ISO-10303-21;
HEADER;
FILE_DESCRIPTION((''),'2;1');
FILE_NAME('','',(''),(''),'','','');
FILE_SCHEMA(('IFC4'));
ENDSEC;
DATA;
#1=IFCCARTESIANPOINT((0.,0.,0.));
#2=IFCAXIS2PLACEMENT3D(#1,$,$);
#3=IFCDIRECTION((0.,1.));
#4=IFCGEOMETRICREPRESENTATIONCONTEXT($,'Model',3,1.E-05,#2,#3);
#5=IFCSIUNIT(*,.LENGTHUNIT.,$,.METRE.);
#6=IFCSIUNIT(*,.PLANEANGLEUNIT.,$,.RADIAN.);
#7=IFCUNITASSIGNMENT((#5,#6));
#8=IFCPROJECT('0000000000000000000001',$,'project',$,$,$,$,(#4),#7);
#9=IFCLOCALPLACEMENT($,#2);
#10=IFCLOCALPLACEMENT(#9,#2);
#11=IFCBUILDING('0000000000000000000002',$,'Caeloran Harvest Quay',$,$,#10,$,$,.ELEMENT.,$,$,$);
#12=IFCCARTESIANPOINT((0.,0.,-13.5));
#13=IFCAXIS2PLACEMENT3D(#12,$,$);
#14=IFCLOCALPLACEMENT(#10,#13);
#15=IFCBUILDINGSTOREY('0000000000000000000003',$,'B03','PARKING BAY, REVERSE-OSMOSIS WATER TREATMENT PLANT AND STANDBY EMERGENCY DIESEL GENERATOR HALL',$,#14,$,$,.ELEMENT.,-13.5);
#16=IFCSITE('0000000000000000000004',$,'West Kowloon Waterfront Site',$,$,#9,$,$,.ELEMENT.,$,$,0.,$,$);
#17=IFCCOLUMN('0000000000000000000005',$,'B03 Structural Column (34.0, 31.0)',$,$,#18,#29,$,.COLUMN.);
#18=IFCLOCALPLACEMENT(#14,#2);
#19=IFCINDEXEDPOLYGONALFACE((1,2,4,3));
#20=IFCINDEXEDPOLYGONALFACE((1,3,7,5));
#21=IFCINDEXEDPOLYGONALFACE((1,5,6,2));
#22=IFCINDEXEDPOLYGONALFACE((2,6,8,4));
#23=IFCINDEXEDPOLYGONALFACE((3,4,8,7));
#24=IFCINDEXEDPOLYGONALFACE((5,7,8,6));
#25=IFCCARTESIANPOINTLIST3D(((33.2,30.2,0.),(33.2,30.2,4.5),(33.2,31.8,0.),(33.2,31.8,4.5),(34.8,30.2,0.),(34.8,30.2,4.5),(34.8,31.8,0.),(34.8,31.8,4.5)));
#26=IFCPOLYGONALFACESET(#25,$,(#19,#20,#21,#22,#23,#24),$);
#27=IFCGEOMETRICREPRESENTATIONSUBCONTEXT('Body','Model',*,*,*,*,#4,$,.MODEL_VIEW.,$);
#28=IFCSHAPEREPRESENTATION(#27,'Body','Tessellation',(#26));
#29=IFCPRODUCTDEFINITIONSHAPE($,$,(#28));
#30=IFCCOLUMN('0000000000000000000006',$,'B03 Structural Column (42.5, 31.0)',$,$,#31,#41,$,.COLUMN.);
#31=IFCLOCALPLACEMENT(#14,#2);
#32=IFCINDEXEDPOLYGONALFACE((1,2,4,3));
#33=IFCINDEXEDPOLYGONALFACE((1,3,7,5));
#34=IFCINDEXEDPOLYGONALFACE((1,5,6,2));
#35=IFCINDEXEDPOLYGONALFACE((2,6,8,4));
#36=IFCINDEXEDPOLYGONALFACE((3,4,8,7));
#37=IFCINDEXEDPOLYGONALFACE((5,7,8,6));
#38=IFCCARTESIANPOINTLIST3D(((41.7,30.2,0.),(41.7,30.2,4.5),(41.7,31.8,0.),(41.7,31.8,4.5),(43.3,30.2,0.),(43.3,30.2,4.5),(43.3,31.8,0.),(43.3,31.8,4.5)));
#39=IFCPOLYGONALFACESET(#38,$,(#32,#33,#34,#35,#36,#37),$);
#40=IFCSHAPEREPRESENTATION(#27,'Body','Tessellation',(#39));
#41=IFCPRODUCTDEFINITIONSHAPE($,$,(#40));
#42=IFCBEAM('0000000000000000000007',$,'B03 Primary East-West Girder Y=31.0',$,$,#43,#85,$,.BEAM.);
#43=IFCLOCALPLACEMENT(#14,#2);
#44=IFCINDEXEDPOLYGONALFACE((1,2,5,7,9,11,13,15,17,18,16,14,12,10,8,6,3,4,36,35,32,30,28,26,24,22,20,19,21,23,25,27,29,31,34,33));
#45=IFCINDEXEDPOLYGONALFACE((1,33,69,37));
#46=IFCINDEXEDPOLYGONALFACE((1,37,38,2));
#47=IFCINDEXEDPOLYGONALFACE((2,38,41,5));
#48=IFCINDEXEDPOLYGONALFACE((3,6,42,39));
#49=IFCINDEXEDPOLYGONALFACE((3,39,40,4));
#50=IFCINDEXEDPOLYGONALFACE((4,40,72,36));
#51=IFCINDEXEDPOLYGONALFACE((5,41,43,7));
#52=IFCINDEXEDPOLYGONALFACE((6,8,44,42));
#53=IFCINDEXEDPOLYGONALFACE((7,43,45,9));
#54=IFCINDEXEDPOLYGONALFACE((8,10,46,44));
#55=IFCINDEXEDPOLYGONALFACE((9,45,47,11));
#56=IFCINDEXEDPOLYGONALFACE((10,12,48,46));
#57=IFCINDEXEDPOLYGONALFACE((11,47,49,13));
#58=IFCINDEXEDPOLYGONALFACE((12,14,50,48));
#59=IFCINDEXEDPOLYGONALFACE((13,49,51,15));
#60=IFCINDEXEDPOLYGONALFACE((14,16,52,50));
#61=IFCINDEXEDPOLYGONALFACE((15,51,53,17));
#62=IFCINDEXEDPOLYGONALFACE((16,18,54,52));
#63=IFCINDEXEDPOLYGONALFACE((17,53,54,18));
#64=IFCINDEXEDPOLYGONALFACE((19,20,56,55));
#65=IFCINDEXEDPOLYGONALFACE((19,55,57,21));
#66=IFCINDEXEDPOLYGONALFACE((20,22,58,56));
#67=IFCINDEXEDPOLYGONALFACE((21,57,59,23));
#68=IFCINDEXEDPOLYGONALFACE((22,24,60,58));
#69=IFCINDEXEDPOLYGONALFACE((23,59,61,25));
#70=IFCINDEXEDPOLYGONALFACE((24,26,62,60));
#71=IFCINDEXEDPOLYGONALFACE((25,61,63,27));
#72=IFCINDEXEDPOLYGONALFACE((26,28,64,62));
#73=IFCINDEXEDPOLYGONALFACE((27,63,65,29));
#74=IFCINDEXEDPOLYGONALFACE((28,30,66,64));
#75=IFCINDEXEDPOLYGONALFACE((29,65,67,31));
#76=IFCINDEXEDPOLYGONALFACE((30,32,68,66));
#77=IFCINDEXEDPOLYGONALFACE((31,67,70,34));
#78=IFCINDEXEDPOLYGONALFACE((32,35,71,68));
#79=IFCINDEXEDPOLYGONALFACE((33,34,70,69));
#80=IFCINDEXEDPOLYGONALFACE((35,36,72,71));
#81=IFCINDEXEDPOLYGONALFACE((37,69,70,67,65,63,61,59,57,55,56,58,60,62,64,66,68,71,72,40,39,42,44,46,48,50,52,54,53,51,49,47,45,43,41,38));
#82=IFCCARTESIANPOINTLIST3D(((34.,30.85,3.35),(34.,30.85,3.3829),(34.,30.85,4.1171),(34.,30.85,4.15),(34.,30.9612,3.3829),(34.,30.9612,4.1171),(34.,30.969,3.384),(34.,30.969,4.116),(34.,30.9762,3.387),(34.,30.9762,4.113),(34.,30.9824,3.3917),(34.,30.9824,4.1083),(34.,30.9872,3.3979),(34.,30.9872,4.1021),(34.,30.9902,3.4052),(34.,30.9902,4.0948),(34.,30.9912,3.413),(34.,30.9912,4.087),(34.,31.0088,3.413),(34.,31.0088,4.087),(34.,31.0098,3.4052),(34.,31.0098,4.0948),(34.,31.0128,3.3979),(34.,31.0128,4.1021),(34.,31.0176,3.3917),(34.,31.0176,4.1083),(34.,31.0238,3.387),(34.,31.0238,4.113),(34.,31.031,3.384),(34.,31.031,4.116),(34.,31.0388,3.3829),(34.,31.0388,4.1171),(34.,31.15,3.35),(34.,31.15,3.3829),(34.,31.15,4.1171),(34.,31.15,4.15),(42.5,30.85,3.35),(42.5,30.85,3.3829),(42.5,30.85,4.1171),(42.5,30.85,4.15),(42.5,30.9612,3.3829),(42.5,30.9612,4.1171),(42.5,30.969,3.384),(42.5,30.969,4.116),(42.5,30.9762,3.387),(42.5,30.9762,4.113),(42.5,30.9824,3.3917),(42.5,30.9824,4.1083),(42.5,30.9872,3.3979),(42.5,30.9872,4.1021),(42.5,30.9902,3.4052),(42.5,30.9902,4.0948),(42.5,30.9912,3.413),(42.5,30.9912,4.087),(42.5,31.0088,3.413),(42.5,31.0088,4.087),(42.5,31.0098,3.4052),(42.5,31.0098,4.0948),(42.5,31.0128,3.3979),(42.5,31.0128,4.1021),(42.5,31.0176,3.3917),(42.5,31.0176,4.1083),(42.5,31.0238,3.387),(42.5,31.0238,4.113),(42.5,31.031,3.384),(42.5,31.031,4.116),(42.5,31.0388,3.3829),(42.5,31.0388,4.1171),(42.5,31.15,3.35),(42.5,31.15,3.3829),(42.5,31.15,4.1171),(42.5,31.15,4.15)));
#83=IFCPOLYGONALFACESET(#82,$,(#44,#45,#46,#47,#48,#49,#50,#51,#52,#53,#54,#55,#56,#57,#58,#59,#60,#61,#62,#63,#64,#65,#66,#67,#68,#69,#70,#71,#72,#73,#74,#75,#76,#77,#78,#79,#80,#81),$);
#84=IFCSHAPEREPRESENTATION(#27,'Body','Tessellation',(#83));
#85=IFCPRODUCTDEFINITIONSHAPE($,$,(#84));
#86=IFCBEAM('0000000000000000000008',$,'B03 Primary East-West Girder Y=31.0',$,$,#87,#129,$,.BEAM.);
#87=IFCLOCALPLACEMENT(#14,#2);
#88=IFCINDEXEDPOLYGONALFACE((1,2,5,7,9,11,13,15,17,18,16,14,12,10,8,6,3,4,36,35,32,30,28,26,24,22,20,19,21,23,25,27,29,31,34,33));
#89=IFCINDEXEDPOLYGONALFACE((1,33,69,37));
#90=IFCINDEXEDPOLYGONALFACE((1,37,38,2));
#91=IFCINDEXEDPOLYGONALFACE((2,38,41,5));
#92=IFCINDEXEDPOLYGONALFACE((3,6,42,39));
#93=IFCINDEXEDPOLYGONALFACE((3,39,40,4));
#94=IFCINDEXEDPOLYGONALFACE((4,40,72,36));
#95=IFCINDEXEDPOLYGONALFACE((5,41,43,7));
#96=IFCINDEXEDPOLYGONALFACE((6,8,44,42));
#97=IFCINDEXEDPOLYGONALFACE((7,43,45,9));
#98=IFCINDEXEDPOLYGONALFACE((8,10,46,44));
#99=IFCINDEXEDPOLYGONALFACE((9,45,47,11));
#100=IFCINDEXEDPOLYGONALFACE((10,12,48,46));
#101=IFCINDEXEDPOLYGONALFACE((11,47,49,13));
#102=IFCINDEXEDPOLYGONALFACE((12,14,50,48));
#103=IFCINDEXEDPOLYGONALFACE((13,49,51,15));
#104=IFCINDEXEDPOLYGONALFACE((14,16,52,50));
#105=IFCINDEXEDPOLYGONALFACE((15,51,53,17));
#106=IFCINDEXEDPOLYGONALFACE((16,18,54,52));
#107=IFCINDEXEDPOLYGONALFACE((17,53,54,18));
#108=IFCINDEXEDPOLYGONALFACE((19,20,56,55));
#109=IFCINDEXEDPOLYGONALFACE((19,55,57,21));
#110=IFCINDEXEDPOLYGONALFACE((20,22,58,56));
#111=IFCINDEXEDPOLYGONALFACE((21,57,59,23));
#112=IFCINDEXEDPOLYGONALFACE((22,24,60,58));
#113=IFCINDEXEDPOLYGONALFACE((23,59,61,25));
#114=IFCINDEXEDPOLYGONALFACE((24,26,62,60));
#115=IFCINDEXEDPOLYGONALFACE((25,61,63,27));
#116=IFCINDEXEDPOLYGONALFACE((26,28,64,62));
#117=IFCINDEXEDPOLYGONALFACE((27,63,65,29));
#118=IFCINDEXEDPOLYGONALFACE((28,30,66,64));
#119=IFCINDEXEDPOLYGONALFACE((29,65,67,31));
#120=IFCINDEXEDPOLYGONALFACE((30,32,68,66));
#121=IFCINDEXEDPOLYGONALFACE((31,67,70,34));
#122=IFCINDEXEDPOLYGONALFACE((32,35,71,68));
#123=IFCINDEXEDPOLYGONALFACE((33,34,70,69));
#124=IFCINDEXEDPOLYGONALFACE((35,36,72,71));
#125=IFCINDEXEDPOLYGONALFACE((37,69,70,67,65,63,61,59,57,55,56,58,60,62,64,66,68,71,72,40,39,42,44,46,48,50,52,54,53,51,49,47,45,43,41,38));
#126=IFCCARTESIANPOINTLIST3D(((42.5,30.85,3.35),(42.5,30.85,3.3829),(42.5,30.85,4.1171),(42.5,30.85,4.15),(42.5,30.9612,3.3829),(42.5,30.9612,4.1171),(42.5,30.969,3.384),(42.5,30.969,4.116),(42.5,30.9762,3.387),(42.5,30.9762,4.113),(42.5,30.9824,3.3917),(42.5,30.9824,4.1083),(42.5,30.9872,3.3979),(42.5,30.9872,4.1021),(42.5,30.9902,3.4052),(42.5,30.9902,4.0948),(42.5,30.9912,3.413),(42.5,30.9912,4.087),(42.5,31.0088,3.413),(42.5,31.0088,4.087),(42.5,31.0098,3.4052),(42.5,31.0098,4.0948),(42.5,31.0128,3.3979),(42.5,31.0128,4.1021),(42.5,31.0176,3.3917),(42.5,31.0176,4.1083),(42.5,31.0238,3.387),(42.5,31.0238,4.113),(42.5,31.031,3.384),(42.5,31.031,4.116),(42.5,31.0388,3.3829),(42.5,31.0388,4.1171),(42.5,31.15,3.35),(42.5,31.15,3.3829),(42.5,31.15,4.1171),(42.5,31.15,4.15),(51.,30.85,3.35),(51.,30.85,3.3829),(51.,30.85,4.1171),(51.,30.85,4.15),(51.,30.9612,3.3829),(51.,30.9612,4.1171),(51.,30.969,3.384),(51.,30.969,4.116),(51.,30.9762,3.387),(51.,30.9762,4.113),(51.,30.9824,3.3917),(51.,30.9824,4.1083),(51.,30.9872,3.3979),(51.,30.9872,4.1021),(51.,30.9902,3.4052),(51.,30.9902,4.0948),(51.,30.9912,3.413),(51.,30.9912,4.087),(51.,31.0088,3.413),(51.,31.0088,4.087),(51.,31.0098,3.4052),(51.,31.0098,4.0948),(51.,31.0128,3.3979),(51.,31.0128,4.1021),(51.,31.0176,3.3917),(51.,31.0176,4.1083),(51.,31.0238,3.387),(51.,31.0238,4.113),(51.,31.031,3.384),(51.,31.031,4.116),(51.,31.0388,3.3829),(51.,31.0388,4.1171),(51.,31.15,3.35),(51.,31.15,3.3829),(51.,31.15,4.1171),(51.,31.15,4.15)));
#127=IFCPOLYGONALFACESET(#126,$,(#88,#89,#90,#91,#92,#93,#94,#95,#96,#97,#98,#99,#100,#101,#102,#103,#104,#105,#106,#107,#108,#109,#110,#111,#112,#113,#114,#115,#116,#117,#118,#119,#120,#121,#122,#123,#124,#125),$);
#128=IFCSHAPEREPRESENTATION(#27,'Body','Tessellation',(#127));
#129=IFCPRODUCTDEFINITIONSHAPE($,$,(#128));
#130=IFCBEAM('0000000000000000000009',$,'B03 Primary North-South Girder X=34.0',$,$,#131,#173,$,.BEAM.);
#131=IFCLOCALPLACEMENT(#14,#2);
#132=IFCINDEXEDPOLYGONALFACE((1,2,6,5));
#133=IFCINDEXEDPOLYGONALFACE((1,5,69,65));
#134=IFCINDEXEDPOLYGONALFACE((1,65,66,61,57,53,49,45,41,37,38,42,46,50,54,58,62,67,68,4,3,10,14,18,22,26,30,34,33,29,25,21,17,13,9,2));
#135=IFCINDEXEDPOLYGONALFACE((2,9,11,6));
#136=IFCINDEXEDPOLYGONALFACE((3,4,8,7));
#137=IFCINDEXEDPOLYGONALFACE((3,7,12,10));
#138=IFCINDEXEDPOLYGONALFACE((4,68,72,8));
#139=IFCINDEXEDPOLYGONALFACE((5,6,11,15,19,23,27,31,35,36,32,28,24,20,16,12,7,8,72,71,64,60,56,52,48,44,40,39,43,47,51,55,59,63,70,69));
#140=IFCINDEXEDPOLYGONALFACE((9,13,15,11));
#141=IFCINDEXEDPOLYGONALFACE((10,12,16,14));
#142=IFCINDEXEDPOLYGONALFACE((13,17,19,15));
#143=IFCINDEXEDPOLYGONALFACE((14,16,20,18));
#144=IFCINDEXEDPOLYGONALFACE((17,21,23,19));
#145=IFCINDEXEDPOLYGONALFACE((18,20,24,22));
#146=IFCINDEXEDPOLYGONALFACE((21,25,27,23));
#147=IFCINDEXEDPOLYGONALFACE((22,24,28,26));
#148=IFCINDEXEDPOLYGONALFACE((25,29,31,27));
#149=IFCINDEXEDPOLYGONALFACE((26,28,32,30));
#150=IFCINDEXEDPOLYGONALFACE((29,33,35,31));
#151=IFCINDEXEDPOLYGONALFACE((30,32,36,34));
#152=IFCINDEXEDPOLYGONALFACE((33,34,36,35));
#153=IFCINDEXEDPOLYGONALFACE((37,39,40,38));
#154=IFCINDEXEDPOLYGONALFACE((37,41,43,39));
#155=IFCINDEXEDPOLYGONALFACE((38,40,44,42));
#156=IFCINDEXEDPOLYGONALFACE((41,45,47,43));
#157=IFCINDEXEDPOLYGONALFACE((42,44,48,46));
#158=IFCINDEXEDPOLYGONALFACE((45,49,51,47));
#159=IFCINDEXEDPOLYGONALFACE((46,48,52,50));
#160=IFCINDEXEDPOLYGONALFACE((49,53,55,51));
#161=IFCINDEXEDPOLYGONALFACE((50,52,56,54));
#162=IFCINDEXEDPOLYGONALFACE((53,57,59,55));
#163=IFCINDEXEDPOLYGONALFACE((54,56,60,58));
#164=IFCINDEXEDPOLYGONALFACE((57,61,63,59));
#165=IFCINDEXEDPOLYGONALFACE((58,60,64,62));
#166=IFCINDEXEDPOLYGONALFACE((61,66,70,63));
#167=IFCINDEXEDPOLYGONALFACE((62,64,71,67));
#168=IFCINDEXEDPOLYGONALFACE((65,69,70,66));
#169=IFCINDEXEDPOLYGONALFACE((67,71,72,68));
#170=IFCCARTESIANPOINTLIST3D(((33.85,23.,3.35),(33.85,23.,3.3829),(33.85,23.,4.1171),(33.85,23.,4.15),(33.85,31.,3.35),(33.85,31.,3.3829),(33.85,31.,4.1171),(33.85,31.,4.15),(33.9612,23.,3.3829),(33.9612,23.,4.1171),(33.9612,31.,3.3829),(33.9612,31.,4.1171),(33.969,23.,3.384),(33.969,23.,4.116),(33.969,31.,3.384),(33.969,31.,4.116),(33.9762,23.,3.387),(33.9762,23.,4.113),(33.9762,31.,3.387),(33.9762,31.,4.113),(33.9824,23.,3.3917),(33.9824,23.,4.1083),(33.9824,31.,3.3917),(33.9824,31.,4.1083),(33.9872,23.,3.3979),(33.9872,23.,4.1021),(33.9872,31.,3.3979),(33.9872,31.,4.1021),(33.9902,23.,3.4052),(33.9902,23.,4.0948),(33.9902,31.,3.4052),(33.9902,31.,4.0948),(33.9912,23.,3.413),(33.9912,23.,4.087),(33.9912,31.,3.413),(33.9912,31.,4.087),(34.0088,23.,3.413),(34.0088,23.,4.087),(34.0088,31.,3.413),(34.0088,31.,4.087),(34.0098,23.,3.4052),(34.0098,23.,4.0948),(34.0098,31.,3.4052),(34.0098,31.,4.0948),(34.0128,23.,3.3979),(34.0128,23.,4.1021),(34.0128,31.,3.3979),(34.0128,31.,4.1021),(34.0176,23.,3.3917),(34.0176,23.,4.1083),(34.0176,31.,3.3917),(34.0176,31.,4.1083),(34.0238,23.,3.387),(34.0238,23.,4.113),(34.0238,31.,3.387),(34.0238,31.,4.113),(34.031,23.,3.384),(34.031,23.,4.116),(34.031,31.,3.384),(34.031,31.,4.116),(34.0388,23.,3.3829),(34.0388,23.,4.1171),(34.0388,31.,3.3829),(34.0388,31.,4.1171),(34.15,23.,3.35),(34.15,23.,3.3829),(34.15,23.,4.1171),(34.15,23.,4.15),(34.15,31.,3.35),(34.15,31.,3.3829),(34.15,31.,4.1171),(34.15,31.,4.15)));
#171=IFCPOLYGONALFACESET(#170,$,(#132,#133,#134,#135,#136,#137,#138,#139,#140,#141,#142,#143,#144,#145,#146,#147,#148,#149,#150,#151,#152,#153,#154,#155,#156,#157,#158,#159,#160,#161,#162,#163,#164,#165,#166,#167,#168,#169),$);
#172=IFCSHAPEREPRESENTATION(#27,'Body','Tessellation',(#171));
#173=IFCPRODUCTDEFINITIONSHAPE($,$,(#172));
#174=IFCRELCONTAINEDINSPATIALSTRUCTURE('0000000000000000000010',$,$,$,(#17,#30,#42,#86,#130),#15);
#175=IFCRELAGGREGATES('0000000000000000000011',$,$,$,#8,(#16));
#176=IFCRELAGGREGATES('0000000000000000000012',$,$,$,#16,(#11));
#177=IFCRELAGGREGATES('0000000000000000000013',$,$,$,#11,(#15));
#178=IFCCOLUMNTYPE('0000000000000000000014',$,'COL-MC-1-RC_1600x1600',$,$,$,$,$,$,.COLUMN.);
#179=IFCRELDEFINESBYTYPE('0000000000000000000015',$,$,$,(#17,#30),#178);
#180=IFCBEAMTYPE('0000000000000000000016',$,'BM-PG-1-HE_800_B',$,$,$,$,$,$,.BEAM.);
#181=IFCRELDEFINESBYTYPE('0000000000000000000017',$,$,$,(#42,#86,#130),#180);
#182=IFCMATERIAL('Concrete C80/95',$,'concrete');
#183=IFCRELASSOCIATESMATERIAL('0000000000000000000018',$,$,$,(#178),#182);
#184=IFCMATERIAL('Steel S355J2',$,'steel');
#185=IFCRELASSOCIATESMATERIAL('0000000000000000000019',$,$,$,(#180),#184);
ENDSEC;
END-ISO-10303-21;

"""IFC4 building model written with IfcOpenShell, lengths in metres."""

from ifc_helpers import new_model, si_unit, direction, frame, origin, origin_2d, place, context, subcontext, project, spatial, rectangle, i_section, extrude, material, material_profile, profile_set, type_object, element, save


model = new_model("IFC4")

# Units and contexts
model_context = context("Model", 3, precision=1e-05, world=origin(), true_north=direction((0.0, 1.0)))
body_context = subcontext(model_context, "Body", "Model", "MODEL_VIEW")
ifc_project = project(units=[si_unit("LENGTHUNIT", "METRE"), si_unit("PLANEANGLEUNIT", "RADIAN")], contexts=[model_context])

# Site, building, storey
site_placement = place(None, origin())
site = spatial("IfcSite", under=ifc_project, at=site_placement, Name="West Kowloon Waterfront Site", CompositionType="ELEMENT", RefElevation=0.0)
building_placement = place(site_placement, origin())
building = spatial("IfcBuilding", under=site, at=building_placement, Name="Caeloran Harvest Quay", CompositionType="ELEMENT")
storey_placement = place(building_placement, frame((0.0, 0.0, -13.5)))
storey = spatial("IfcBuildingStorey", under=building, at=storey_placement, Name="B03", Description="PARKING BAY, REVERSE-OSMOSIS WATER TREATMENT PLANT AND STANDBY EMERGENCY DIESEL GENERATOR HALL", CompositionType="ELEMENT", Elevation=-13.5)

# Columns
ifc_material_1 = material(Name="Concrete C80/95", Category="concrete")
ifc_material_profile_1 = material_profile(ifc_material_1, rectangle(XDim=1.6001, YDim=1.6001, at=origin_2d()), Name="RC 1600x1600")
ifc_profile_set_1 = profile_set([ifc_material_profile_1], Name="Concrete C80/95")
column_type = type_object("IfcColumnType", Name="COL-MC-1-RC_1600x1600", PredefinedType="COLUMN", material=ifc_profile_set_1)
for number, where, z_axis, x_axis, name in (
    (1, (34.0, 31.0, 0.0), (0.0, 0.0, 1.0), (1.0, 0.0, 0.0), "B03 Structural Column (34.0, 31.0)"),
    (2, (42.5, 31.0, 0.0), (0.0, 0.0, 1.0), (1.0, 0.0, 0.0), "B03 Structural Column (42.5, 31.0)"),
):
    element("IfcColumn", number, at=place(storey_placement, frame(where, z_axis=z_axis, x_axis=x_axis)), inside=storey, type_object=column_type, Name=name, PredefinedType="COLUMN", context=body_context, shape_type="SweptSolid", body=[
        extrude(rectangle(XDim=1.6001, YDim=1.6001, at=origin_2d()), origin(), (0.0, 0.0, 1.0), 4.5),
    ])

# Beams
ifc_material_2 = material(Name="Steel S355J2", Category="steel")
ifc_material_profile_2 = material_profile(ifc_material_2, i_section(OverallWidth=0.3, OverallDepth=0.8, WebThickness=0.0176, FlangeThickness=0.033, FilletRadius=0.03, at=origin_2d()), Name="HE 800 B")
ifc_profile_set_2 = profile_set([ifc_material_profile_2], Name="Steel S355J2")
beam_type_1 = type_object("IfcBeamType", Name="BM-PG-1-HE_800_B", PredefinedType="BEAM", material=ifc_profile_set_2)
for number, where, z_axis, x_axis, name in (
    (3, (34.0, 31.0, 3.75), (1.0, 0.0, 0.0), (0.0, 1.0, 0.0), "B03 Primary East-West Girder Y=31.0"),
    (4, (42.5, 31.0, 3.75), (1.0, 0.0, 0.0), (0.0, 1.0, 0.0), "B03 Primary East-West Girder Y=31.0"),
):
    element("IfcBeam", number, at=place(storey_placement, frame(where, z_axis=z_axis, x_axis=x_axis)), inside=storey, type_object=beam_type_1, Name=name, PredefinedType="BEAM", context=body_context, shape_type="SweptSolid", body=[
        extrude(i_section(OverallWidth=0.3, OverallDepth=0.8, WebThickness=0.0176, FlangeThickness=0.033, FilletRadius=0.03, at=origin_2d()), origin(), (0.0, 0.0, 1.0), 8.5),
    ])
beam_placement = place(storey_placement, frame((34.0, 23.0, 3.75), z_axis=(0.0, 1.0, 0.0), x_axis=(-1.0, 0.0, 0.0)))
element("IfcBeam", 5, at=beam_placement, inside=storey, type_object=beam_type_1, Name="B03 Primary North-South Girder X=34.0", PredefinedType="BEAM", context=body_context, shape_type="SweptSolid", body=[
    extrude(i_section(OverallWidth=0.3, OverallDepth=0.8, WebThickness=0.0176, FlangeThickness=0.033, FilletRadius=0.03, at=origin_2d()), origin(), (0.0, 0.0, 1.0), 8.0),
])

save(model, "model.ifc")
